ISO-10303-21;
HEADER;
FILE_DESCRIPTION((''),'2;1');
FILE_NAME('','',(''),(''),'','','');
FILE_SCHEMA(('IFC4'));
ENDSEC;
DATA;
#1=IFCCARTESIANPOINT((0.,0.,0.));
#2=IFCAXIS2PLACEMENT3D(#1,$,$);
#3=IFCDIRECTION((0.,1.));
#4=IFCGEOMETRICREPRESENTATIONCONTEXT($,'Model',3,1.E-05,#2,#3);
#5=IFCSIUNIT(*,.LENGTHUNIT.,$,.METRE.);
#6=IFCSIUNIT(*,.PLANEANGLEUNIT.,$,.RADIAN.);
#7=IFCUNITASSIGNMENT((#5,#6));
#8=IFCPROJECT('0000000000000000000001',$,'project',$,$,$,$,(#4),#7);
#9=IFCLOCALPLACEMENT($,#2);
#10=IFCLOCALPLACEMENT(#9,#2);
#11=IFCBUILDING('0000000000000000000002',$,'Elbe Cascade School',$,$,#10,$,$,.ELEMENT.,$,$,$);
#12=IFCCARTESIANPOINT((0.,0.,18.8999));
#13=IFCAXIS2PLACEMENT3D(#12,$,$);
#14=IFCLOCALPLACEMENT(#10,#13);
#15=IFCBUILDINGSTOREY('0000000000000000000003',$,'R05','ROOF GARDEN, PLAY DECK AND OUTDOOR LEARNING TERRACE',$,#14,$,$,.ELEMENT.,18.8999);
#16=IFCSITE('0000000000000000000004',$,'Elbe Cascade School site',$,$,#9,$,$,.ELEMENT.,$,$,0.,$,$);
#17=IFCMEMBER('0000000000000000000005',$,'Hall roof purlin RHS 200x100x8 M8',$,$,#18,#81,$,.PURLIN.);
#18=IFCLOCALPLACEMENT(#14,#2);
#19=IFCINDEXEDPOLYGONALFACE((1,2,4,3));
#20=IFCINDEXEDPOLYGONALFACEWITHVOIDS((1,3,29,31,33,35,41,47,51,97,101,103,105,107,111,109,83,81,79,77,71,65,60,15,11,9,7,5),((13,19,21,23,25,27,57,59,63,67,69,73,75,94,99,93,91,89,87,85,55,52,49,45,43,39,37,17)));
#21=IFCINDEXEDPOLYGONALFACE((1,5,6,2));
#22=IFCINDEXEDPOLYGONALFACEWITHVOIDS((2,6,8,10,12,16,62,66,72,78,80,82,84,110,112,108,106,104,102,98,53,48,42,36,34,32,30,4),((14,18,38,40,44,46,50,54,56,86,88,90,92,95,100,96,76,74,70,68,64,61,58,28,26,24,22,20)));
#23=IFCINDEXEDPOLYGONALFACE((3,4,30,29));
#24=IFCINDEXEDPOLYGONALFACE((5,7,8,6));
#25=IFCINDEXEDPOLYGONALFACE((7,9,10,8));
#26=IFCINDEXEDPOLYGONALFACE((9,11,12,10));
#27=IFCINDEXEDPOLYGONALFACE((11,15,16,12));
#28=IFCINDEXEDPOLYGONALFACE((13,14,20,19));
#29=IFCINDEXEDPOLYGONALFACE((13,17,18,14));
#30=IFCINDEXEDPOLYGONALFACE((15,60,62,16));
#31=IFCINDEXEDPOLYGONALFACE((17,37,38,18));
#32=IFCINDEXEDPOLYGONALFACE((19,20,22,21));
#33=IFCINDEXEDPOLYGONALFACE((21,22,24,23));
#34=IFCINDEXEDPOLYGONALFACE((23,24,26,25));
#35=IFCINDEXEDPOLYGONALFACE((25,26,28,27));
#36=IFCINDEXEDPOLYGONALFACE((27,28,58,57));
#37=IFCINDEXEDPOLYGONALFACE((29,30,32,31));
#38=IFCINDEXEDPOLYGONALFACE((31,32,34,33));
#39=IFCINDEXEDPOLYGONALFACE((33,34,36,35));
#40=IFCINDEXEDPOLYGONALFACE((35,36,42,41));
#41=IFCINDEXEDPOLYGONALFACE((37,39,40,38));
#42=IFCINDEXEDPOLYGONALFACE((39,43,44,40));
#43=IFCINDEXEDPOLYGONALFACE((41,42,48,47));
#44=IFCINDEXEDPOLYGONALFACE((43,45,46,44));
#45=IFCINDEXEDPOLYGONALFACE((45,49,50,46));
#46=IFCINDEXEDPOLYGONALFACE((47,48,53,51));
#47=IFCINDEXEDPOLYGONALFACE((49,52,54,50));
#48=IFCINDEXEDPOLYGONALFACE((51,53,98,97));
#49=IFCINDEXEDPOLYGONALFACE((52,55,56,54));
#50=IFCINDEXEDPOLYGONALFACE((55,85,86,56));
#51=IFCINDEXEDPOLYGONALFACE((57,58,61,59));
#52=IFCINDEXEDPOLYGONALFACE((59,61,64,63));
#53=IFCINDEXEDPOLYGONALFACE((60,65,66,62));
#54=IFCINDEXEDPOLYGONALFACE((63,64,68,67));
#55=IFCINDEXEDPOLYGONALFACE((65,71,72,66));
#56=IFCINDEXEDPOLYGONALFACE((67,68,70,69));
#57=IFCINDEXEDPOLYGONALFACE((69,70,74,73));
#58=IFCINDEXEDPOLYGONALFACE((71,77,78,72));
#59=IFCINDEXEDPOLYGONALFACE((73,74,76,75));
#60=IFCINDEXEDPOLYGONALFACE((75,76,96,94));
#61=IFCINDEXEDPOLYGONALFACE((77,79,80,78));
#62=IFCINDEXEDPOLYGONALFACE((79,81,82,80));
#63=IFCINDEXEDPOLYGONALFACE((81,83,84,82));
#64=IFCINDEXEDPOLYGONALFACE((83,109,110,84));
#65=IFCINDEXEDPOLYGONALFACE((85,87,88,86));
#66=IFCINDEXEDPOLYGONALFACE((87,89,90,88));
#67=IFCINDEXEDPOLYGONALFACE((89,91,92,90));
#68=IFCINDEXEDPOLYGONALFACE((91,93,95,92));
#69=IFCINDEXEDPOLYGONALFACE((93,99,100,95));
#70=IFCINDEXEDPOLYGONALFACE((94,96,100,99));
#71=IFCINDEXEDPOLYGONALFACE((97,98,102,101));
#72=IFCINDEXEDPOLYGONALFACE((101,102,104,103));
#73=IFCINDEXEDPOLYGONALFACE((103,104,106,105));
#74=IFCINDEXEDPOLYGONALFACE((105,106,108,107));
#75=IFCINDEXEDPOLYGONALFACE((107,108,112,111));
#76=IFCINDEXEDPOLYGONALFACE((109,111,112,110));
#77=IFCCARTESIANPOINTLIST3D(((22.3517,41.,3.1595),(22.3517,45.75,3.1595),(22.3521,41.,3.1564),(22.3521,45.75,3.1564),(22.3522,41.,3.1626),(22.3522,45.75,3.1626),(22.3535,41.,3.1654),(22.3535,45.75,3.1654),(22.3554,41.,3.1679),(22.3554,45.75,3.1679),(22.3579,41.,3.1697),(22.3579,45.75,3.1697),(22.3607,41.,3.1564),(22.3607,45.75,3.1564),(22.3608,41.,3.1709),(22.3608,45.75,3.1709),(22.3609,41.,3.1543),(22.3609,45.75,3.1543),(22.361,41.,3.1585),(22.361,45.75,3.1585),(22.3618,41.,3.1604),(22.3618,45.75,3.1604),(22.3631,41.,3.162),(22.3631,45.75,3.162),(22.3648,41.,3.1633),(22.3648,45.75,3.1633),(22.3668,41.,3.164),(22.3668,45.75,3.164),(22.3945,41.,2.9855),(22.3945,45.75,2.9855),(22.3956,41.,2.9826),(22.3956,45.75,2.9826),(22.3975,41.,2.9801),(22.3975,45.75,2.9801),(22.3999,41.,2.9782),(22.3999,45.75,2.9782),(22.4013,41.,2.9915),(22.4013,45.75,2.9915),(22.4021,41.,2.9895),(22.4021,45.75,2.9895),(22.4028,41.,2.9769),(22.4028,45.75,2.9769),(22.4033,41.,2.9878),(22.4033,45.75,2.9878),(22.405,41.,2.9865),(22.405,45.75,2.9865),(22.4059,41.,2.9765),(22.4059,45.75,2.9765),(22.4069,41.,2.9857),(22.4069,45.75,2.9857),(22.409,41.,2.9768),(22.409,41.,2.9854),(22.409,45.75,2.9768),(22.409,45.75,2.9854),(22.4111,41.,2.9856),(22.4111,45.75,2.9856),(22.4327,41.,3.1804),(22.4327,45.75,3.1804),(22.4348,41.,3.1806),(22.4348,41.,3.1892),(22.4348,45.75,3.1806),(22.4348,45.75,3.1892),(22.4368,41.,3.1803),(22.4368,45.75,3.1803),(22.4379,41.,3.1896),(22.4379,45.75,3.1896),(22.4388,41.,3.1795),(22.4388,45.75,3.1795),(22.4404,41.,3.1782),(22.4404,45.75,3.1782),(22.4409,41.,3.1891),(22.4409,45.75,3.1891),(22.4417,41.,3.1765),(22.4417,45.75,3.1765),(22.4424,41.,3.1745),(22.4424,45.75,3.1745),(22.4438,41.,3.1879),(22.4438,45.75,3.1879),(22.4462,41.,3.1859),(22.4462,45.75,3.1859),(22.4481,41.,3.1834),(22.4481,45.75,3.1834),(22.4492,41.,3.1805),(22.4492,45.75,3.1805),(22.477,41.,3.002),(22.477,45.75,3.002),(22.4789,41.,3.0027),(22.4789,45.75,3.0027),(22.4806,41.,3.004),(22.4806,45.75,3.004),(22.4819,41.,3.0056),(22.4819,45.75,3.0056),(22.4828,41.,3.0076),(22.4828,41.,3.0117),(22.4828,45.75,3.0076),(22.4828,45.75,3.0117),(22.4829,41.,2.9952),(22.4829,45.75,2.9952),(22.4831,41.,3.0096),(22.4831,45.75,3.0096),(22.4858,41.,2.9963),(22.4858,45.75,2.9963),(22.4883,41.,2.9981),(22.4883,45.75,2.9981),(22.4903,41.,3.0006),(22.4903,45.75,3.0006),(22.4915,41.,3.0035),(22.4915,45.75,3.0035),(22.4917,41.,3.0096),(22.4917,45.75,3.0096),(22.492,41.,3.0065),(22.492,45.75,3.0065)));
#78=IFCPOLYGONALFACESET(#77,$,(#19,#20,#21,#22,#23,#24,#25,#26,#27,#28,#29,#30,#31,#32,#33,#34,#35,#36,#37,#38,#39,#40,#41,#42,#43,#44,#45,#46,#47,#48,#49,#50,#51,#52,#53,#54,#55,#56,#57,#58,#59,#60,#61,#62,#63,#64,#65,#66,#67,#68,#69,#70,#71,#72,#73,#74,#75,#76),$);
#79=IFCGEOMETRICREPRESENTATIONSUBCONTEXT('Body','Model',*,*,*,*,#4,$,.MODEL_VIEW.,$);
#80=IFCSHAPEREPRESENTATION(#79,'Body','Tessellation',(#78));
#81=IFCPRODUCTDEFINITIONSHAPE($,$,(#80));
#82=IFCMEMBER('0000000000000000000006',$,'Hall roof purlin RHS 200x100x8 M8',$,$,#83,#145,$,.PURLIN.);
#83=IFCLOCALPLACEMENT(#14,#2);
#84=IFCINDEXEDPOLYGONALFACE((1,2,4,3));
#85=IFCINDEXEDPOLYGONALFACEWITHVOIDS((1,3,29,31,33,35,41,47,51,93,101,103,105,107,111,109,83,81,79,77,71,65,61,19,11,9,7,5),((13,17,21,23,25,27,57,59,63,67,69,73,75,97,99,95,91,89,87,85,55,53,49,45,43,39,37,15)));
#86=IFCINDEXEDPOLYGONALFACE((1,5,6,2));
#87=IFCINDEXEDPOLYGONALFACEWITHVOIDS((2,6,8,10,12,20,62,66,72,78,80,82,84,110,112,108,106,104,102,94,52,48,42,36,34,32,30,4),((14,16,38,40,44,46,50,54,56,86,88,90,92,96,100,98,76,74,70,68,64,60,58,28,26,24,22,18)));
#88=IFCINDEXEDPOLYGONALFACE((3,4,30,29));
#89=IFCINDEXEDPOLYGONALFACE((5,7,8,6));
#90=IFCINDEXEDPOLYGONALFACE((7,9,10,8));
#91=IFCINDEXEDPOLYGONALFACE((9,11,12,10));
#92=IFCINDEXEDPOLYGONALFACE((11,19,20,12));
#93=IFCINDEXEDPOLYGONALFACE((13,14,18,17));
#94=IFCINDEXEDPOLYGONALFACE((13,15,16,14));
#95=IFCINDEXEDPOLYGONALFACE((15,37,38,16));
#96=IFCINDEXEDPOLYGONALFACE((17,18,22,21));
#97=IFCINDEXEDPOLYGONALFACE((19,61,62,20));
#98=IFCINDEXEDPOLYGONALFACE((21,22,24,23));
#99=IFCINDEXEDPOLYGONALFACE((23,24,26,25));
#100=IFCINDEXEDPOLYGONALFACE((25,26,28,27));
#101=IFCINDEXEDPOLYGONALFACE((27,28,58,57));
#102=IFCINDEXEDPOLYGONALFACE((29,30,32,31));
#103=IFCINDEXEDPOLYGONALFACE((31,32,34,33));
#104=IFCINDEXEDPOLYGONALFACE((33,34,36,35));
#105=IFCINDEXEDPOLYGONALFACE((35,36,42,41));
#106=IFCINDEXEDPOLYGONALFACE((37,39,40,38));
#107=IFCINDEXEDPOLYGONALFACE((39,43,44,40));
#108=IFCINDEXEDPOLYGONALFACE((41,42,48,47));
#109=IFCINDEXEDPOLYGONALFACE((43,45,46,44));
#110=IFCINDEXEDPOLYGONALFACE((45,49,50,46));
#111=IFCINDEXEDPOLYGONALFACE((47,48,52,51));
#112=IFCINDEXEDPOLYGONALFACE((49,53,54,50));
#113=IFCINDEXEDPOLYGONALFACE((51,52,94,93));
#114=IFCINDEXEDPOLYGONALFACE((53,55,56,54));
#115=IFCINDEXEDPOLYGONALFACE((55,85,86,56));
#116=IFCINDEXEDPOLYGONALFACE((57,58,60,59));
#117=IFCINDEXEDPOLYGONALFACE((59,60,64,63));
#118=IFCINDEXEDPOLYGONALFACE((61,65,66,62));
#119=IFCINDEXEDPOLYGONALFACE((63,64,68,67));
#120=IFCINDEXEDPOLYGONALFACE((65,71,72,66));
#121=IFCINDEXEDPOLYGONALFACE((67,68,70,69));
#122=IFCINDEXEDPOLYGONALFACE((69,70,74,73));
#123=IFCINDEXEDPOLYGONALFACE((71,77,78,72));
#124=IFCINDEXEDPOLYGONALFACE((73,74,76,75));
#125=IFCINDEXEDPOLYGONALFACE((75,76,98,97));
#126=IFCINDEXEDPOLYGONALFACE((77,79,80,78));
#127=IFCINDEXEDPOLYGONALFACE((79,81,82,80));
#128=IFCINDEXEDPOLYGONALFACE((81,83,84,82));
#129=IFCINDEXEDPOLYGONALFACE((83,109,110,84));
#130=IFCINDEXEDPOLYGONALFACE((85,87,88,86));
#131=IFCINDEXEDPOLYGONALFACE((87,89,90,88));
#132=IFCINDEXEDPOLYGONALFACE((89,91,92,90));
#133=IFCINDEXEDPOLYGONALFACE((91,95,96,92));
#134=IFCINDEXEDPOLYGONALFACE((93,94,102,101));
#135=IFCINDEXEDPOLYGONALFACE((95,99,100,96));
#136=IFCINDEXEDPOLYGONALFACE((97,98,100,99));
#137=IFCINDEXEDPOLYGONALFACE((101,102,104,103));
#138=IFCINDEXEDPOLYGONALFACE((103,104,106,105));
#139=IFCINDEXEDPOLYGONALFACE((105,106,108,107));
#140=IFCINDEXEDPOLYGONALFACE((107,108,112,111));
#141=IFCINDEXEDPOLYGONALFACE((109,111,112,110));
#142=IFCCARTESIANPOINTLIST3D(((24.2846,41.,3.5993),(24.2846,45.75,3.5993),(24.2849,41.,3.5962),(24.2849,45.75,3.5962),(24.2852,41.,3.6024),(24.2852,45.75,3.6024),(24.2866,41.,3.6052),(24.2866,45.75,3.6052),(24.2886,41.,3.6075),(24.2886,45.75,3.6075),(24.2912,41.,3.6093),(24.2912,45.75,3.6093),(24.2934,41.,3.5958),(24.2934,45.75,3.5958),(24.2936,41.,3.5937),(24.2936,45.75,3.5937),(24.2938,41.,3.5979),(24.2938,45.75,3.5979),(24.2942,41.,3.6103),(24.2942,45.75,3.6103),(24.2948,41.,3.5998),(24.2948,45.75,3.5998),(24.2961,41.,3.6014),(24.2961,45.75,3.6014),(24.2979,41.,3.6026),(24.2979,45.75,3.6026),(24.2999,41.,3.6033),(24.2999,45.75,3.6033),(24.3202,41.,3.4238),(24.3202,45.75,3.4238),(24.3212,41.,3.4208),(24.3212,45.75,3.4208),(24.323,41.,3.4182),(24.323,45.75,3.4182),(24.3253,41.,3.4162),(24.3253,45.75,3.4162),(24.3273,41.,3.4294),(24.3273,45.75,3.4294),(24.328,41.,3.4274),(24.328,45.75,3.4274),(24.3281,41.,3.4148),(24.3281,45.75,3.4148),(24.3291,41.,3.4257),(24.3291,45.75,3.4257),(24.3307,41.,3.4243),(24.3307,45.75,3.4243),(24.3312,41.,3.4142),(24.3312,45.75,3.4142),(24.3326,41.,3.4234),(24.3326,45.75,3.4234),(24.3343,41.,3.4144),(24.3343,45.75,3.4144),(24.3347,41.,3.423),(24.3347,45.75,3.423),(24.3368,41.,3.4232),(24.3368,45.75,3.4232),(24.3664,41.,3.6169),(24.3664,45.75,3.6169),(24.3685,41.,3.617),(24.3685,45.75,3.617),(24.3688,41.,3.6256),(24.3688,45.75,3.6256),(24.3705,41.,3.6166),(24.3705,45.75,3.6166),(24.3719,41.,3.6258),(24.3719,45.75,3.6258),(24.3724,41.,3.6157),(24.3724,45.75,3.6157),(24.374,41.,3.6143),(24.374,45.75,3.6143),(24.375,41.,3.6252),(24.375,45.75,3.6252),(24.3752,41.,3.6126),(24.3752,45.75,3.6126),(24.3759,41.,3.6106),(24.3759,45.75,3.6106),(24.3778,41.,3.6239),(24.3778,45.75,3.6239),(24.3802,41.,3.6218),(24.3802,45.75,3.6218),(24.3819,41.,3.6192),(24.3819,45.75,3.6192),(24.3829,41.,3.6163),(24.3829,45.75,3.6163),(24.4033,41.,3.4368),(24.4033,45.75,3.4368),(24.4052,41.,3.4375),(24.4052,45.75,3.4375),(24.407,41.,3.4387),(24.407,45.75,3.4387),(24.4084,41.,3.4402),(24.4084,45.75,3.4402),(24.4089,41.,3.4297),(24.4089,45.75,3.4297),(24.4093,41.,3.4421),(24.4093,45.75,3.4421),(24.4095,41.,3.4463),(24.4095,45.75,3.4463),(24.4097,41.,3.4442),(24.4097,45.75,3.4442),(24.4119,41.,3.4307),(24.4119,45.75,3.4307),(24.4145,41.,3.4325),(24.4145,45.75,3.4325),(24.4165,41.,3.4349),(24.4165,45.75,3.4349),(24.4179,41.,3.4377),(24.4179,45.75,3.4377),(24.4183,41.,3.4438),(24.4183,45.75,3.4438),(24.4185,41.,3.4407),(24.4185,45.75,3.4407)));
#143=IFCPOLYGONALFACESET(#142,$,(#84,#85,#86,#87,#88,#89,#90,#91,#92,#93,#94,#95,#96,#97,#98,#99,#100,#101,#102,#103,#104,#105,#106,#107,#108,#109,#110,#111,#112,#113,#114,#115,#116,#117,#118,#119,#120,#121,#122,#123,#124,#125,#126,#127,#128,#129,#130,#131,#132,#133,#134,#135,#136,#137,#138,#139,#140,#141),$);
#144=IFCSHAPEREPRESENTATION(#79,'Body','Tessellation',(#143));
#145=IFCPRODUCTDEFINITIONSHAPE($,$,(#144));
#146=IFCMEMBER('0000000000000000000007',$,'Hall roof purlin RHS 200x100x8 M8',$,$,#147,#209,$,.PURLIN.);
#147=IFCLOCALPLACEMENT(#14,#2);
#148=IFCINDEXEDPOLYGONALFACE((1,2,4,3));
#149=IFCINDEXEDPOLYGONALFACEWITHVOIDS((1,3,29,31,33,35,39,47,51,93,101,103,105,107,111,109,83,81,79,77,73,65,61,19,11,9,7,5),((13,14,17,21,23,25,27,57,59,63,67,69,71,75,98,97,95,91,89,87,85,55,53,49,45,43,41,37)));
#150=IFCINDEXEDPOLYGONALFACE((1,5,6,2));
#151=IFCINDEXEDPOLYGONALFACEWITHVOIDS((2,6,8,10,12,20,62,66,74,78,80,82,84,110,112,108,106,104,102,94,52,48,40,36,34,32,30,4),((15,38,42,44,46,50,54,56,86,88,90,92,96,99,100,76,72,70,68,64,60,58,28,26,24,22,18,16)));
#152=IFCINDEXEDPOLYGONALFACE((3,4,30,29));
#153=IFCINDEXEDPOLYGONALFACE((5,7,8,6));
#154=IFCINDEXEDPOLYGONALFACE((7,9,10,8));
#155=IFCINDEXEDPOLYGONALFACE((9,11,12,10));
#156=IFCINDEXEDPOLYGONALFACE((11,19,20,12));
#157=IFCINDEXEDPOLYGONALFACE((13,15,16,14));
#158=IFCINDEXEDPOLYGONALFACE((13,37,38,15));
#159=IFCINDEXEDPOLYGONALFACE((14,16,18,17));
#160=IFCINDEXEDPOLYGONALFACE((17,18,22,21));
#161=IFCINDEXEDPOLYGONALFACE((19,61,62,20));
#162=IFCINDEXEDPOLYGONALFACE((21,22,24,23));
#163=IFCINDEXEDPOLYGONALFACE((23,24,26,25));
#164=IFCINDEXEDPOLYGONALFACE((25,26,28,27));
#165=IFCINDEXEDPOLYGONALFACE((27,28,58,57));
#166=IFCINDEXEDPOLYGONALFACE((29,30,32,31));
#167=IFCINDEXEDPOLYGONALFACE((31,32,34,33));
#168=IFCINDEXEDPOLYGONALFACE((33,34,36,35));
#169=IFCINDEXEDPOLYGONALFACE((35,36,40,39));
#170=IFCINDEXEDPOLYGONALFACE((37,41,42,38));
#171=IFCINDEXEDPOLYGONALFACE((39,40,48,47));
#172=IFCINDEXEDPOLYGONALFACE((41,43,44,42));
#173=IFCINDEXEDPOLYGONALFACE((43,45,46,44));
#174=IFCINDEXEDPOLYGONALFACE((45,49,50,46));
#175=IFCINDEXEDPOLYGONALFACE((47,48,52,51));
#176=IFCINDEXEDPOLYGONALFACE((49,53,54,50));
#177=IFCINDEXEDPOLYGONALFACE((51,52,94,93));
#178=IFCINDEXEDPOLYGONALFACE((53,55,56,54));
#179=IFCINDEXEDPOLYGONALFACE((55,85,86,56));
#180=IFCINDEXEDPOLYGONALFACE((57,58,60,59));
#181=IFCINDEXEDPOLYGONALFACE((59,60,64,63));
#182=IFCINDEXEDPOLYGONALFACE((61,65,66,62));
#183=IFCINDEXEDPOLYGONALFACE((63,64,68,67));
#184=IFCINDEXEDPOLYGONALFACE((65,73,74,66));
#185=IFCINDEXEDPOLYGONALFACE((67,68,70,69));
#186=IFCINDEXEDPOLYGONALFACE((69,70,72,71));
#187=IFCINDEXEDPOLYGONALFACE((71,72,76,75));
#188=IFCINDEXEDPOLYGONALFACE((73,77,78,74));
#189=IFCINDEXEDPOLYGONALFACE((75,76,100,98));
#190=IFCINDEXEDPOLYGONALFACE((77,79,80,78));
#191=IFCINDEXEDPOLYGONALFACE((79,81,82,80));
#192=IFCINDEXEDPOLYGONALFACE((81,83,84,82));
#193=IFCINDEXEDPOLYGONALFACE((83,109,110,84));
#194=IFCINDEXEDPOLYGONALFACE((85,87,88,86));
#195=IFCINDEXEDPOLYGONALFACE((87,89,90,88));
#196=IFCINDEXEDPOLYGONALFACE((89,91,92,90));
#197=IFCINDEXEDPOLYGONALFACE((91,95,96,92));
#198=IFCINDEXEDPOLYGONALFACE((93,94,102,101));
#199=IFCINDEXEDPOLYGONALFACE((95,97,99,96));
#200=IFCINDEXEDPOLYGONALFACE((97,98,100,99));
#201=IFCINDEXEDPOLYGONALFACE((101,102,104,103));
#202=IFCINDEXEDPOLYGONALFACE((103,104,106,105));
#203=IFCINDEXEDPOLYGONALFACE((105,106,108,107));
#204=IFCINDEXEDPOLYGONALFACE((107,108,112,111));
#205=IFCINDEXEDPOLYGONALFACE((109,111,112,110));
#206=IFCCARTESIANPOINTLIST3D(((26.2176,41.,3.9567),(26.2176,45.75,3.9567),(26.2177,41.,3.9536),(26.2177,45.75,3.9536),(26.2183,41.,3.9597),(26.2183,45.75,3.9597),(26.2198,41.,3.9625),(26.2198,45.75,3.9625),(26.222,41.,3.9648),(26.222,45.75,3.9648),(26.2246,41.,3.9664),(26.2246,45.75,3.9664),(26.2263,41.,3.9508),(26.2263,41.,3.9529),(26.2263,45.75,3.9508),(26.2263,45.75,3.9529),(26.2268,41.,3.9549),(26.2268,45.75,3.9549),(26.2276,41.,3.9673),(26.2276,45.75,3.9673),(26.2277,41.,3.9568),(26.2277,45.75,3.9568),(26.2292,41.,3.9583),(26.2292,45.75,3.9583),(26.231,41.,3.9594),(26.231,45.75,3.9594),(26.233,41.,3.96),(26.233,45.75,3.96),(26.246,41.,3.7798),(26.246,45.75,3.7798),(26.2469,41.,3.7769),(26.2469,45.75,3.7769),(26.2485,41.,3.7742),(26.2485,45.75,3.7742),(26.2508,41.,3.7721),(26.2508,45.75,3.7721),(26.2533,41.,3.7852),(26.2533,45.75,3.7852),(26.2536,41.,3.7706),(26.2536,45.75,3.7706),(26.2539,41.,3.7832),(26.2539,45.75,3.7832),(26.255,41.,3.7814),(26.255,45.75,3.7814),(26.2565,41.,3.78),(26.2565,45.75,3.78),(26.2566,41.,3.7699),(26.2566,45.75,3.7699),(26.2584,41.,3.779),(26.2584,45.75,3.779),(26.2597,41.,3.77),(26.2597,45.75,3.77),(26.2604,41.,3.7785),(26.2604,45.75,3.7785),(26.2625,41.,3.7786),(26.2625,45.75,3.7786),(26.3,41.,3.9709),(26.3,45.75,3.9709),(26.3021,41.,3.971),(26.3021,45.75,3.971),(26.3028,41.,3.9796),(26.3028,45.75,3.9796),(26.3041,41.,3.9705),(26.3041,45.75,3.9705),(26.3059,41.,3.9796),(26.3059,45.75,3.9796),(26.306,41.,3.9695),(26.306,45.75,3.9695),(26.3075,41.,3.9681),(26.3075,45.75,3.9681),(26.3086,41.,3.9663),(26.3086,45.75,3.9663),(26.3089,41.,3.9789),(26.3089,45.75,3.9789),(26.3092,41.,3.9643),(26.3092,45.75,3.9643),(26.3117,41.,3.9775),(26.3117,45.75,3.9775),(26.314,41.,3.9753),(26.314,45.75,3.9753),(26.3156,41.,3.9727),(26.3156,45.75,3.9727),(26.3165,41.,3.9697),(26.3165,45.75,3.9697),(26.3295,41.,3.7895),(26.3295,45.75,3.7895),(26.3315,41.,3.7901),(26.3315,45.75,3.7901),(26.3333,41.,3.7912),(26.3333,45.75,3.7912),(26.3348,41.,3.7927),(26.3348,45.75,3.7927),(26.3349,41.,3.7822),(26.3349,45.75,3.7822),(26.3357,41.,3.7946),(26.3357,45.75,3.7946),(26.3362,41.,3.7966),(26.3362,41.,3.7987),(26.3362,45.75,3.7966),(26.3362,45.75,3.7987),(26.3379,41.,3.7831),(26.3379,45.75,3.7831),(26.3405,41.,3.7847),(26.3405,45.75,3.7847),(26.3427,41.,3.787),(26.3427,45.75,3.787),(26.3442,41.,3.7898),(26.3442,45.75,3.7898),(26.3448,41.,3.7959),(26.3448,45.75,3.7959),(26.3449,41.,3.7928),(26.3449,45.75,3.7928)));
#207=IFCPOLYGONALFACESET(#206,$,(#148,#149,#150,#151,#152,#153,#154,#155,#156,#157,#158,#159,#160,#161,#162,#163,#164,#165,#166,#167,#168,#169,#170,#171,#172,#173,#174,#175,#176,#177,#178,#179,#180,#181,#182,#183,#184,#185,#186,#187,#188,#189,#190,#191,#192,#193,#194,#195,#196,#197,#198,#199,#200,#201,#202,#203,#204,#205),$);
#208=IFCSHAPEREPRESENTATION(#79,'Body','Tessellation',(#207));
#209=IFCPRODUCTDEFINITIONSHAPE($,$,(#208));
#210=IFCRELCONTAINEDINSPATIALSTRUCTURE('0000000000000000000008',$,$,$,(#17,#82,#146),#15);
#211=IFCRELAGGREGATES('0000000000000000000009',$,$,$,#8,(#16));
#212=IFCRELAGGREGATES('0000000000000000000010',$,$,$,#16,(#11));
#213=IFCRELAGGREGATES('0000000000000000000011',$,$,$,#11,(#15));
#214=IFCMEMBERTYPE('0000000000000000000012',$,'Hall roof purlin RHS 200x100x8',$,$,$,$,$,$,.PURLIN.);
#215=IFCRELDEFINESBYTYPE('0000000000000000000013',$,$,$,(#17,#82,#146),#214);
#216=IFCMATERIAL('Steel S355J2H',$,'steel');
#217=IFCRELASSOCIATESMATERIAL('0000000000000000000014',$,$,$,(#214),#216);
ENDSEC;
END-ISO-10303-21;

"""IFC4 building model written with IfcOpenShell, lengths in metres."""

from ifc_helpers import new_model, si_unit, direction, frame, origin, origin_2d, place, context, subcontext, project, spatial, hollow_rectangle, extrude, material, material_profile, profile_set, type_object, element, save


model = new_model("IFC4")

# Units and contexts
model_context = context("Model", 3, precision=1e-05, world=origin(), true_north=direction((0.0, 1.0)))
body_context = subcontext(model_context, "Body", "Model", "MODEL_VIEW")
ifc_project = project(units=[si_unit("LENGTHUNIT", "METRE"), si_unit("PLANEANGLEUNIT", "RADIAN")], contexts=[model_context])

# Site, building, storey
site_placement = place(None, origin())
site = spatial("IfcSite", under=ifc_project, at=site_placement, Name="Elbe Cascade School site", CompositionType="ELEMENT", RefElevation=0.0)
building_placement = place(site_placement, origin())
building = spatial("IfcBuilding", under=site, at=building_placement, Name="Elbe Cascade School", CompositionType="ELEMENT")
storey_placement = place(building_placement, frame((0.0, 0.0, 18.8999)))
storey = spatial("IfcBuildingStorey", under=building, at=storey_placement, Name="R05", Description="ROOF GARDEN, PLAY DECK AND OUTDOOR LEARNING TERRACE", CompositionType="ELEMENT", Elevation=18.8999)

# Members
ifc_material_1 = material(Name="Steel S355J2H", Category="steel")
ifc_material_profile_1 = material_profile(ifc_material_1, hollow_rectangle(XDim=0.1001, YDim=0.2, WallThickness=0.0081, InnerFilletRadius=0.0081, OuterFilletRadius=0.012, at=origin_2d()), Name="RHS 200x100x8")
ifc_profile_set_1 = profile_set([ifc_material_profile_1], Name="Steel S355J2H")
member_type_1 = type_object("IfcMemberType", Name="Hall roof purlin RHS 200x100x8", PredefinedType="PURLIN", material=ifc_profile_set_1)
for number, where, z_axis, x_axis, name in (
    (1, (22.4219, 41.0, 3.083), (0.0, 1.0, 0.0), (-0.970543, 0.0, -0.240927), "Hall roof purlin RHS 200x100x8 M8"),
    (2, (24.3516, 41.0, 3.52), (0.0, 1.0, 0.0), (-0.979638, 0.0, -0.200772), "Hall roof purlin RHS 200x100x8 M8"),
    (3, (26.2812, 41.0, 3.8748), (0.0, 1.0, 0.0), (-0.987017, 0.0, -0.160618), "Hall roof purlin RHS 200x100x8 M8"),
):
    element("IfcMember", number, at=place(storey_placement, frame(where, z_axis=z_axis, x_axis=x_axis)), inside=storey, type_object=member_type_1, Name=name, PredefinedType="PURLIN", context=body_context, shape_type="SweptSolid", body=[
        extrude(hollow_rectangle(XDim=0.1001, YDim=0.2, WallThickness=0.0081, InnerFilletRadius=0.0081, OuterFilletRadius=0.012, at=origin_2d()), origin(), (0.0, 0.0, 1.0), 4.75),
    ])

save(model, "model.ifc")
